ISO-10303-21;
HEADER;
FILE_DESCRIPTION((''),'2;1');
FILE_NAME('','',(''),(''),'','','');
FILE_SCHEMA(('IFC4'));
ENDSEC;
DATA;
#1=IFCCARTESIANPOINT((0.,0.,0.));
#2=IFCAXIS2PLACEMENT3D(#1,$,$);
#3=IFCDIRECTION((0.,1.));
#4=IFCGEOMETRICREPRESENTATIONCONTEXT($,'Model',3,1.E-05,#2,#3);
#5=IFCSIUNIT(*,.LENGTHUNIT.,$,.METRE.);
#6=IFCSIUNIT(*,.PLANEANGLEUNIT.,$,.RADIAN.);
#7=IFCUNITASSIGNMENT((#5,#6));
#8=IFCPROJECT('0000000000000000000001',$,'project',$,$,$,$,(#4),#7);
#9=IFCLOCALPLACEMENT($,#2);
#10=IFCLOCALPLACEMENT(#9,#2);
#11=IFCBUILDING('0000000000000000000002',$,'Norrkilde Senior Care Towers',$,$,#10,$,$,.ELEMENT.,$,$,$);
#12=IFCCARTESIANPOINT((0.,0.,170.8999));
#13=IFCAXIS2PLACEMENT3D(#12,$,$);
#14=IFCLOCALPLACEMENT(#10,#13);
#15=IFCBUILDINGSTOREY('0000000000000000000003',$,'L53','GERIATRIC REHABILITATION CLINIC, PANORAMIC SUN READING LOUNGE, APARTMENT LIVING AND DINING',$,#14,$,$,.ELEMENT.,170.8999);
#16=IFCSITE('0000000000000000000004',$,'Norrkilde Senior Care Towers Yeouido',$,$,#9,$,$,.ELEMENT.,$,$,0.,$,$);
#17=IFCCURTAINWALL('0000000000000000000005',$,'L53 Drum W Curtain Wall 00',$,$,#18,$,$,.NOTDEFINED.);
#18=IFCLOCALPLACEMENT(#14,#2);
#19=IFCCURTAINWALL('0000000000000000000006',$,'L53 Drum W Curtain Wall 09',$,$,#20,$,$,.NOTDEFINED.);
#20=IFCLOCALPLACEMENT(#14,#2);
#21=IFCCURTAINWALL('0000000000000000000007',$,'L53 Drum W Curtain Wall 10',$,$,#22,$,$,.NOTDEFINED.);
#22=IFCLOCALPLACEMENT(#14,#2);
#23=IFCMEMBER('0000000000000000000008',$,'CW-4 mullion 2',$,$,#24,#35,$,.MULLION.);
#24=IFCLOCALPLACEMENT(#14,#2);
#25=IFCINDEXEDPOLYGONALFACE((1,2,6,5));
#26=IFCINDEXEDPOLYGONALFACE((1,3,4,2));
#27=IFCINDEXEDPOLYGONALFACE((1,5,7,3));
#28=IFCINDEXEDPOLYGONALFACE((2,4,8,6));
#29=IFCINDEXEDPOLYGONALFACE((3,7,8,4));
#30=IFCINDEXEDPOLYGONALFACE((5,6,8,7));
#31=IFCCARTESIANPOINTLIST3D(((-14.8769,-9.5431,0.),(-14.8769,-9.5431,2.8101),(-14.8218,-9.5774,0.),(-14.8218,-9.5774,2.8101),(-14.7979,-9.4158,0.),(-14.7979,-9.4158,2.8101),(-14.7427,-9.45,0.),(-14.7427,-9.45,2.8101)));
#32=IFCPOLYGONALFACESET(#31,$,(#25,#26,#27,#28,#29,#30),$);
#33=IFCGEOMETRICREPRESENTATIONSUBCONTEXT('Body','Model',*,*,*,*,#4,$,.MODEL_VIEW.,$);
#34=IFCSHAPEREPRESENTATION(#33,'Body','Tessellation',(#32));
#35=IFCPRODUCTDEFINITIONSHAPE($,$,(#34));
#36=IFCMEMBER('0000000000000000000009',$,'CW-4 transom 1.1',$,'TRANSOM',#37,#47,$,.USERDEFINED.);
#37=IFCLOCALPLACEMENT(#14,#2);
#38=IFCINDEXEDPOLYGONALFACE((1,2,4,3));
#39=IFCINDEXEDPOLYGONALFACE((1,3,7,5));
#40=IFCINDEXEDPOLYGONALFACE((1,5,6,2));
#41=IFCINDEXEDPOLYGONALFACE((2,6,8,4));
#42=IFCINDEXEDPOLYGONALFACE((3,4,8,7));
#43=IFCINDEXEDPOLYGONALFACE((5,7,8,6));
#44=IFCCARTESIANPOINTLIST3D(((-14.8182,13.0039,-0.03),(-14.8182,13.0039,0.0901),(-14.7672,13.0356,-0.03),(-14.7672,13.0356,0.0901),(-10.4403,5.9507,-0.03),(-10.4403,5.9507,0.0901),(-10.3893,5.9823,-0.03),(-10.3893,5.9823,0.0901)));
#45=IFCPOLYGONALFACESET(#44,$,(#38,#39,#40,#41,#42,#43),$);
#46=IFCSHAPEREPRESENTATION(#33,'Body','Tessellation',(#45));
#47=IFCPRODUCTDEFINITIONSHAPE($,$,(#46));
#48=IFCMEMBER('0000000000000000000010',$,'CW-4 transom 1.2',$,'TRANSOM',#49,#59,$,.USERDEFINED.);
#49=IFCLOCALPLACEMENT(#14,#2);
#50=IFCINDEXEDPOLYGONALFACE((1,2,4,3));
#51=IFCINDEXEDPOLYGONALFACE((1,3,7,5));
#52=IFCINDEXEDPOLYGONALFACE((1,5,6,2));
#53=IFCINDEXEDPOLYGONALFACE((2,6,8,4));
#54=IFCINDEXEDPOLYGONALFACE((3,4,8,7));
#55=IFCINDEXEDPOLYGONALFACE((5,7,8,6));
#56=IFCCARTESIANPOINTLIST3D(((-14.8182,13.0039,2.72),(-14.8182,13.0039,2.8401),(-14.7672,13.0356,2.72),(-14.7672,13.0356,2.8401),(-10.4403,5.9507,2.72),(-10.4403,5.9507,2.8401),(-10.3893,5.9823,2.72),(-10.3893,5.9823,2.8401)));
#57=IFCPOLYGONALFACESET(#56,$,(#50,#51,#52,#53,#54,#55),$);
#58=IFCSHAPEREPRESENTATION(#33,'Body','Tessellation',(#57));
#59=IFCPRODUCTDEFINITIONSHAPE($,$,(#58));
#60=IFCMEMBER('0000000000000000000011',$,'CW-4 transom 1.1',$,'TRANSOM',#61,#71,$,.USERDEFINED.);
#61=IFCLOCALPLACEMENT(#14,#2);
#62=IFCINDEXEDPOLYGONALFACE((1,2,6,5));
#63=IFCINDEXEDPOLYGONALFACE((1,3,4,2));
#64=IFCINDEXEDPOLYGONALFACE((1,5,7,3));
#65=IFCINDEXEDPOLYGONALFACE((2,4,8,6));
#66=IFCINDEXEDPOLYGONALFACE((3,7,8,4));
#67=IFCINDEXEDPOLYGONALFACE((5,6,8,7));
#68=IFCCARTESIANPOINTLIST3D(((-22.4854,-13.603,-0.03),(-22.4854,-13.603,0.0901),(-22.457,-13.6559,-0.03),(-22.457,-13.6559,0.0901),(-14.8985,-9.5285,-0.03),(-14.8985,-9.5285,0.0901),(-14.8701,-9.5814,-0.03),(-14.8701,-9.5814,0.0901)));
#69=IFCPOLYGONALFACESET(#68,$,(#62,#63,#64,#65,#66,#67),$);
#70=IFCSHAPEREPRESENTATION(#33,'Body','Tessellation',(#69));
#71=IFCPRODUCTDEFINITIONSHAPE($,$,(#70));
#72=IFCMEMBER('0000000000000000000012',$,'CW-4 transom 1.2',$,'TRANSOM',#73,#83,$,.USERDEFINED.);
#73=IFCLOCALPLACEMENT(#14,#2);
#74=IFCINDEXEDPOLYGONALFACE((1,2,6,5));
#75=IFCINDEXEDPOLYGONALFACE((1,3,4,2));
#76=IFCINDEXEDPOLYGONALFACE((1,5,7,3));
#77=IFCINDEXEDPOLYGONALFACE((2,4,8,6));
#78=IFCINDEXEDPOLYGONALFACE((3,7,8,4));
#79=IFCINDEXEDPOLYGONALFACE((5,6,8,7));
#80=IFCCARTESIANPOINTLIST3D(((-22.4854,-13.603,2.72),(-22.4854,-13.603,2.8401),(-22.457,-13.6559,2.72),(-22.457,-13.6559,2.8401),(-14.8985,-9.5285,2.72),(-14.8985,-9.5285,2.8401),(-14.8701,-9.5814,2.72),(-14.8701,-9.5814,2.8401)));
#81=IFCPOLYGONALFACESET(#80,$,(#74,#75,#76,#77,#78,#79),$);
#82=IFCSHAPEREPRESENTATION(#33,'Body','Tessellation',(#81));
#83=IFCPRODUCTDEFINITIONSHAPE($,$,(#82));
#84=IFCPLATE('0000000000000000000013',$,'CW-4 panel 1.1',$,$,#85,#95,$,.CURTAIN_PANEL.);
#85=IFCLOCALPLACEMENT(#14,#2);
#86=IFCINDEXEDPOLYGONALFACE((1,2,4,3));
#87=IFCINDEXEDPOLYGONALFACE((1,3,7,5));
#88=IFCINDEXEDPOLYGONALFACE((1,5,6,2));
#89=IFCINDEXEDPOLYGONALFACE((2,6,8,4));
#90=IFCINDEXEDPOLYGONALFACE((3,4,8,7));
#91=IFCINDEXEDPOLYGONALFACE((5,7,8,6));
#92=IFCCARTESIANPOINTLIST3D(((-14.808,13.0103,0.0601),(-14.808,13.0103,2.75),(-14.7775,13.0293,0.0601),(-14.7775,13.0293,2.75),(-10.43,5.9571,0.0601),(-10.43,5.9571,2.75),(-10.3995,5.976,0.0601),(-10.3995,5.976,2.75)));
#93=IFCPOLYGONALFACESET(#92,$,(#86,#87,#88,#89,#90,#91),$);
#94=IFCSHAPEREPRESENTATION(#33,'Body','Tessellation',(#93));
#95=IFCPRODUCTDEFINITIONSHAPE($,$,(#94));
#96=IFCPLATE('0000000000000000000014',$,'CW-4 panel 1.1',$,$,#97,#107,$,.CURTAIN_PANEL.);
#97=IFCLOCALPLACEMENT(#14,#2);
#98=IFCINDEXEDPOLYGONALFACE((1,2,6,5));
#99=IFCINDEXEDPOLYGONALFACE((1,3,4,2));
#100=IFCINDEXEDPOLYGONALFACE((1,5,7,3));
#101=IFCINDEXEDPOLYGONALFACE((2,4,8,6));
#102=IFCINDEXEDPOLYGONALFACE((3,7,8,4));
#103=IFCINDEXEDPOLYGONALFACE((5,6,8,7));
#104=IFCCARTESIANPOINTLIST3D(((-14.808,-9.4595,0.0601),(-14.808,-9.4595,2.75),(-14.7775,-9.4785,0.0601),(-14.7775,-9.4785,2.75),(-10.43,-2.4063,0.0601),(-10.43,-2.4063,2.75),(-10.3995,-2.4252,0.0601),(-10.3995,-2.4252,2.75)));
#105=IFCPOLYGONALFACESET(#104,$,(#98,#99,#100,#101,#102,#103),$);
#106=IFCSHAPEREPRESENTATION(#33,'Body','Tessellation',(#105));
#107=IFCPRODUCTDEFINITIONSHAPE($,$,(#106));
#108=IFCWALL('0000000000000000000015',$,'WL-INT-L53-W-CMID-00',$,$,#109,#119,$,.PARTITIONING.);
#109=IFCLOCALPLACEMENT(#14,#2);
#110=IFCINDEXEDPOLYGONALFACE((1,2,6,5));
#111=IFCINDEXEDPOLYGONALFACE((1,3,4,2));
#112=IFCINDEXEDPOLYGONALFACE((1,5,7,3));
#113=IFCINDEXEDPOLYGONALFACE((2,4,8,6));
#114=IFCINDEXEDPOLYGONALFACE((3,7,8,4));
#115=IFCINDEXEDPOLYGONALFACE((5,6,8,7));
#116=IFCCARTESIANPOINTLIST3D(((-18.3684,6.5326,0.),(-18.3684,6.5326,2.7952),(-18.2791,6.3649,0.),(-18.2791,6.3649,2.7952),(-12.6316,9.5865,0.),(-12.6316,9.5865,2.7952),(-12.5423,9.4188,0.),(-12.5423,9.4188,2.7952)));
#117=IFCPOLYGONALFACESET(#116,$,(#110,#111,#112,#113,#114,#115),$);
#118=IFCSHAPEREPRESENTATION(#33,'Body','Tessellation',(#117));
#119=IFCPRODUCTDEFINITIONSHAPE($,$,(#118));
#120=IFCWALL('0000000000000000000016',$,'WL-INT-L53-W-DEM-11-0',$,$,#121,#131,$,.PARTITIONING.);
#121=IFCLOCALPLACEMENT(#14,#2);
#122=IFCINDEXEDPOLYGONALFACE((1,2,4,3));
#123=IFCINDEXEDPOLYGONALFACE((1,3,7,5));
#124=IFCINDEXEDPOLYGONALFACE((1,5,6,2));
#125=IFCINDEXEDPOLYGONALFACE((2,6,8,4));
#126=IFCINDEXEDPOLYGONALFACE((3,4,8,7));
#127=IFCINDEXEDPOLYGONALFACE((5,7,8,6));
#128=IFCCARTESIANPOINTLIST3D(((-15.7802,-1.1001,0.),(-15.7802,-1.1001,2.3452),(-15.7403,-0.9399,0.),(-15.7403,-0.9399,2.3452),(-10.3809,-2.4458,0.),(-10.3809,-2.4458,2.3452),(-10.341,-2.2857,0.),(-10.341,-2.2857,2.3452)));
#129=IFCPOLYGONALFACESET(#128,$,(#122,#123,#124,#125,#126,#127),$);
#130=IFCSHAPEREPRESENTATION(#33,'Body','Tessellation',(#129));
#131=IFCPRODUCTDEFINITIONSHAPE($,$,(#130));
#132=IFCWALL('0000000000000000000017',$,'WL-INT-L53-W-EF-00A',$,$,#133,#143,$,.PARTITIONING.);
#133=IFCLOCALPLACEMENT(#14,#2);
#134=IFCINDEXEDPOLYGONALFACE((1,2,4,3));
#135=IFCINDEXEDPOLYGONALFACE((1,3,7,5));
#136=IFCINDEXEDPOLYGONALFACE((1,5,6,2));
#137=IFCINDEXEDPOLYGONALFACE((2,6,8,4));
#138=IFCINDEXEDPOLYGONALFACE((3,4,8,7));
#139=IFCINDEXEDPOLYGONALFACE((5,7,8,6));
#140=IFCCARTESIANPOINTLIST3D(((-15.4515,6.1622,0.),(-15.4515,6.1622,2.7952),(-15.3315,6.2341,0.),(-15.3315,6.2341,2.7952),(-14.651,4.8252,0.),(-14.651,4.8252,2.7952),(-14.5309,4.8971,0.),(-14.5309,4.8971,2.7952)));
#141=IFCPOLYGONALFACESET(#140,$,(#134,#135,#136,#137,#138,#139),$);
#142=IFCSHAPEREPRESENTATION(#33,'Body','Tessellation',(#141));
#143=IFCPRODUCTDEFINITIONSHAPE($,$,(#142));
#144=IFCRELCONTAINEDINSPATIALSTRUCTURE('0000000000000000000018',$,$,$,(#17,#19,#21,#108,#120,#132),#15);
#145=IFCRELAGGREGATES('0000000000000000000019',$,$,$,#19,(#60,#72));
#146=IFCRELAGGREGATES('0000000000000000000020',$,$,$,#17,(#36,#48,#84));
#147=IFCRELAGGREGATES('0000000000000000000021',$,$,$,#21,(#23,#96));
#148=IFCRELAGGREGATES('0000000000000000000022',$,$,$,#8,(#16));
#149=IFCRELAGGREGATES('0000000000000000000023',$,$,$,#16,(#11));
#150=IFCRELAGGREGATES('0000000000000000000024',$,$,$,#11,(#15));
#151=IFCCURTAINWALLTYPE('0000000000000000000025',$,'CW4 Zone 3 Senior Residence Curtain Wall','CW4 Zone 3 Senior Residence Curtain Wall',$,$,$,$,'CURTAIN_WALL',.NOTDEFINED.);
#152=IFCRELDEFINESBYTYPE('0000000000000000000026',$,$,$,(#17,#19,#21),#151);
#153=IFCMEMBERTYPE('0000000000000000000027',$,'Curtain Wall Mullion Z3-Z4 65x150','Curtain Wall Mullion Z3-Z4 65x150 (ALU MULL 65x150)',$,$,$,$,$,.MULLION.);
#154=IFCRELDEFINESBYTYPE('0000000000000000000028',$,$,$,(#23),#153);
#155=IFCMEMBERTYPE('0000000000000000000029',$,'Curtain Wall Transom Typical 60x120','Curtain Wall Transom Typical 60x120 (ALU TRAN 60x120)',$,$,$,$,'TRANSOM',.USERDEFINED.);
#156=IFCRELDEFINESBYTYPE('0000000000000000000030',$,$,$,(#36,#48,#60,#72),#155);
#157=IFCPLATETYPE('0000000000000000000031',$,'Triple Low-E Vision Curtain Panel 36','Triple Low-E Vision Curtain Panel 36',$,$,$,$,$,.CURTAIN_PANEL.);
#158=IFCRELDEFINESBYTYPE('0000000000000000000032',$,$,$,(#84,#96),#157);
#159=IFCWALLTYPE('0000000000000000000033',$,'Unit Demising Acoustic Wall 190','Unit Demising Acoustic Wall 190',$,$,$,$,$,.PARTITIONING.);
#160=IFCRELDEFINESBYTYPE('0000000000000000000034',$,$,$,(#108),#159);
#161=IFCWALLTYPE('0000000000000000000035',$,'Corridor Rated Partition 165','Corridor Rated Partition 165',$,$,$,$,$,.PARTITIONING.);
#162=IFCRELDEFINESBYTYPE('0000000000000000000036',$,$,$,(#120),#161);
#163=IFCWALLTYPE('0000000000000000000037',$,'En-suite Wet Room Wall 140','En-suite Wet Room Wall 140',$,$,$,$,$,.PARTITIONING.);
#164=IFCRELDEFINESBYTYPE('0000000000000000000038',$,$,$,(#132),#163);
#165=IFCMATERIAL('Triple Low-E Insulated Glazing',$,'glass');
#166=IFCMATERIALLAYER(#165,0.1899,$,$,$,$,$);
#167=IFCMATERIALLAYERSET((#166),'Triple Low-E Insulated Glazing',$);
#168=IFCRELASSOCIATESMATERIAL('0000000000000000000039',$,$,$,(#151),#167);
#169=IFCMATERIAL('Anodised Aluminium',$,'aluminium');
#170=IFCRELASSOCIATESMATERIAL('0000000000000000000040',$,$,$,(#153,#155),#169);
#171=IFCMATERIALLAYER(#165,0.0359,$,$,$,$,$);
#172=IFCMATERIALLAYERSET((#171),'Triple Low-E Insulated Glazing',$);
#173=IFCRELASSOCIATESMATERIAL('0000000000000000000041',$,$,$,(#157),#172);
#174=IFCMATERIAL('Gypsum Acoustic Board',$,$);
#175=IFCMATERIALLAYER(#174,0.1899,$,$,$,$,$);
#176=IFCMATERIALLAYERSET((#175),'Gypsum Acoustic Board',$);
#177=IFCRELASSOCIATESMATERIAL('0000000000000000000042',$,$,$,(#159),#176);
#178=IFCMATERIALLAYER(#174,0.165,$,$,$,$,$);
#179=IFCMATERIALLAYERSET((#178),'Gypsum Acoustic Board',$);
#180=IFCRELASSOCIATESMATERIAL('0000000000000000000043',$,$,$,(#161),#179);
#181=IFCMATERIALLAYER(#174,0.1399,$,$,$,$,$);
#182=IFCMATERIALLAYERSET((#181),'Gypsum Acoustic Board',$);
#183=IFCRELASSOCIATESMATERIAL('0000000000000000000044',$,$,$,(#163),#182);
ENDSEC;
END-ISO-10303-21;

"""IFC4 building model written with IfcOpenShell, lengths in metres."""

from ifc_helpers import new_model, si_unit, direction, frame, frame_2d, origin, origin_2d, place, context, subcontext, project, spatial, rectangle, extrude, source, transform, mapped, material, layer, layer_set, material_profile, profile_set, type_object, type_shapes, element, aggregate, save


model = new_model("IFC4")

# Units and contexts
model_context = context("Model", 3, precision=1e-05, world=origin(), true_north=direction((0.0, 1.0)))
body_context = subcontext(model_context, "Body", "Model", "MODEL_VIEW")
ifc_project = project(units=[si_unit("LENGTHUNIT", "METRE"), si_unit("PLANEANGLEUNIT", "RADIAN")], contexts=[model_context])

# Site, building, storey
site_placement = place(None, origin())
site = spatial("IfcSite", under=ifc_project, at=site_placement, Name="Norrkilde Senior Care Towers Yeouido", CompositionType="ELEMENT", RefElevation=0.0)
building_placement = place(site_placement, origin())
building = spatial("IfcBuilding", under=site, at=building_placement, Name="Norrkilde Senior Care Towers", CompositionType="ELEMENT")
storey_placement = place(building_placement, frame((0.0, 0.0, 170.8999)))
storey = spatial("IfcBuildingStorey", under=building, at=storey_placement, Name="L53", Description="GERIATRIC REHABILITATION CLINIC, PANORAMIC SUN READING LOUNGE, APARTMENT LIVING AND DINING", CompositionType="ELEMENT", Elevation=170.8999)

# Curtain walls, member
ifc_material_1 = material(Name="Triple Low-E Insulated Glazing", Category="glass")
ifc_layer_1 = layer(ifc_material_1, 0.1899)
ifc_layer_set_1 = layer_set([ifc_layer_1], Name="Triple Low-E Insulated Glazing")
curtain_wall_type = type_object("IfcCurtainWallType", Name="CW4 Zone 3 Senior Residence Curtain Wall", Description="CW4 Zone 3 Senior Residence Curtain Wall", ElementType="CURTAIN_WALL", PredefinedType="NOTDEFINED", material=ifc_layer_set_1)
curtain_wall_1_placement = place(storey_placement, origin())
curtain_wall_1 = element("IfcCurtainWall", 1, at=curtain_wall_1_placement, inside=storey, type_object=curtain_wall_type, Name="L53 Drum W Curtain Wall 00", PredefinedType="NOTDEFINED")
ifc_material_2 = material(Name="Anodised Aluminium", Category="aluminium")
ifc_material_profile_1 = material_profile(ifc_material_2, rectangle(XDim=0.0649, YDim=0.1499, at=origin_2d()), Name="ALU MULL 65x150")
ifc_profile_set_1 = profile_set([ifc_material_profile_1], Name="Anodised Aluminium")
member_type_1 = type_object("IfcMemberType", Name="Curtain Wall Mullion Z3-Z4 65x150", Description="Curtain Wall Mullion Z3-Z4 65x150 (ALU MULL 65x150)", PredefinedType="MULLION", material=ifc_profile_set_1)
shared_shape_1 = source(origin(), body_context, "Body", "SweptSolid", [
    extrude(rectangle(XDim=0.0649, YDim=0.1499, at=origin_2d()), origin(), (0.0, 0.0, 1.0), 2.8101),
])
type_shapes(member_type_1, [shared_shape_1])
curtain_wall_2_placement = place(storey_placement, origin())
curtain_wall_2 = element("IfcCurtainWall", 2, at=curtain_wall_2_placement, inside=storey, type_object=curtain_wall_type, Name="L53 Drum W Curtain Wall 09", PredefinedType="NOTDEFINED")
curtain_wall_3_placement = place(storey_placement, origin())
curtain_wall_3 = element("IfcCurtainWall", 3, at=curtain_wall_3_placement, inside=storey, type_object=curtain_wall_type, Name="L53 Drum W Curtain Wall 10", PredefinedType="NOTDEFINED")
member_1_placement = place(storey_placement, frame((-14.8098, -9.4966, 0.0), z_axis=(0.0, 0.0, 1.0), x_axis=(0.849634, -0.527373, 0.0)))
member_1 = element("IfcMember", 4, at=member_1_placement, type_object=member_type_1, Name="CW-4 mullion 2", PredefinedType="MULLION", context=body_context, shape_type="MappedRepresentation", body=[
    mapped(shared_shape_1, transform((0.0, 0.0, 0.0), x_axis=(1.0, 0.0, 0.0), y_axis=(0.0, 1.0, 0.0), z_axis=(0.0, 0.0, 1.0), scale=1.0)),
])

# Members
ifc_material_profile_2 = material_profile(ifc_material_2, rectangle(XDim=0.0601, YDim=0.1201, at=origin_2d()), Name="ALU TRAN 60x120")
ifc_profile_set_2 = profile_set([ifc_material_profile_2], Name="Anodised Aluminium")
member_type_2 = type_object("IfcMemberType", Name="Curtain Wall Transom Typical 60x120", Description="Curtain Wall Transom Typical 60x120 (ALU TRAN 60x120)", ElementType="TRANSOM", PredefinedType="USERDEFINED", material=ifc_profile_set_2)
shared_shape_2 = source(origin(), body_context, "Body", "SweptSolid", [
    extrude(rectangle(XDim=0.0601, YDim=0.1201, at=origin_2d()), origin(), (0.0, 0.0, 1.0), 8.3015),
])
member_2_placement = place(storey_placement, frame((-14.7927, 13.0198, 0.03), z_axis=(0.527369, -0.849637, 0.0), x_axis=(0.849637, 0.527369, 0.0)))
member_2 = element("IfcMember", 5, at=member_2_placement, type_object=member_type_2, Name="CW-4 transom 1.1", ObjectType="TRANSOM", PredefinedType="USERDEFINED", context=body_context, shape_type="MappedRepresentation", body=[
    mapped(shared_shape_2, transform((0.0, 0.0, 0.0), x_axis=(1.0, 0.0, 0.0), y_axis=(0.0, 1.0, 0.0), z_axis=(0.0, 0.0, 1.0), scale=1.0)),
])
member_3_placement = place(storey_placement, frame((-14.7927, 13.0198, 2.78), z_axis=(0.527369, -0.849637, 0.0), x_axis=(0.849637, 0.527369, 0.0)))
member_3 = element("IfcMember", 6, at=member_3_placement, type_object=member_type_2, Name="CW-4 transom 1.2", ObjectType="TRANSOM", PredefinedType="USERDEFINED", context=body_context, shape_type="MappedRepresentation", body=[
    mapped(shared_shape_2, transform((0.0, 0.0, 0.0), x_axis=(1.0, 0.0, 0.0), y_axis=(0.0, 1.0, 0.0), z_axis=(0.0, 0.0, 1.0), scale=1.0)),
])
shared_shape_3 = source(origin(), body_context, "Body", "SweptSolid", [
    extrude(rectangle(XDim=0.0601, YDim=0.1201, at=origin_2d()), origin(), (0.0, 0.0, 1.0), 8.6118),
])
type_shapes(member_type_2, [shared_shape_2, shared_shape_3])
member_4_placement = place(storey_placement, frame((-14.8843, -9.5549, 0.03), z_axis=(-0.880994, -0.473127, 0.0), x_axis=(0.473127, -0.880994, 0.0)))
member_4 = element("IfcMember", 7, at=member_4_placement, type_object=member_type_2, Name="CW-4 transom 1.1", ObjectType="TRANSOM", PredefinedType="USERDEFINED", context=body_context, shape_type="MappedRepresentation", body=[
    mapped(shared_shape_3, transform((0.0, 0.0, 0.0), x_axis=(1.0, 0.0, 0.0), y_axis=(0.0, 1.0, 0.0), z_axis=(0.0, 0.0, 1.0), scale=1.0)),
])
member_5_placement = place(storey_placement, frame((-14.8843, -9.5549, 2.78), z_axis=(-0.880994, -0.473127, 0.0), x_axis=(0.473127, -0.880994, 0.0)))
member_5 = element("IfcMember", 8, at=member_5_placement, type_object=member_type_2, Name="CW-4 transom 1.2", ObjectType="TRANSOM", PredefinedType="USERDEFINED", context=body_context, shape_type="MappedRepresentation", body=[
    mapped(shared_shape_3, transform((0.0, 0.0, 0.0), x_axis=(1.0, 0.0, 0.0), y_axis=(0.0, 1.0, 0.0), z_axis=(0.0, 0.0, 1.0), scale=1.0)),
])
aggregate(curtain_wall_2, [member_4, member_5])

# Plates
ifc_layer_2 = layer(ifc_material_1, 0.0359)
ifc_layer_set_2 = layer_set([ifc_layer_2], Name="Triple Low-E Insulated Glazing")
plate_type = type_object("IfcPlateType", Name="Triple Low-E Vision Curtain Panel 36", Description="Triple Low-E Vision Curtain Panel 36", PredefinedType="CURTAIN_PANEL", material=ifc_layer_set_2)
shared_shape_4 = source(origin(), body_context, "Body", "SweptSolid", [
    extrude(rectangle(XDim=8.3015, YDim=0.0359, at=origin_2d()), origin(), (0.0, 0.0, 1.0), 2.6899),
])
type_shapes(plate_type, [shared_shape_4])
plate_1_placement = place(storey_placement, frame((-12.6038, 9.4932, 0.0601), z_axis=(0.0, 0.0, 1.0), x_axis=(0.527373, -0.849634, 0.0)))
plate_1 = element("IfcPlate", 9, at=plate_1_placement, type_object=plate_type, Name="CW-4 panel 1.1", PredefinedType="CURTAIN_PANEL", context=body_context, shape_type="MappedRepresentation", body=[
    mapped(shared_shape_4, transform((0.0, 0.0, 0.0), x_axis=(1.0, 0.0, 0.0), y_axis=(0.0, 1.0, 0.0), z_axis=(0.0, 0.0, 1.0), scale=1.0)),
])
aggregate(curtain_wall_1, [member_2, member_3, plate_1])
plate_2_placement = place(storey_placement, frame((-12.6038, -5.9424, 0.0601), z_axis=(0.0, 0.0, 1.0), x_axis=(-0.527373, -0.849634, 0.0)))
plate_2 = element("IfcPlate", 10, at=plate_2_placement, type_object=plate_type, Name="CW-4 panel 1.1", PredefinedType="CURTAIN_PANEL", context=body_context, shape_type="MappedRepresentation", body=[
    mapped(shared_shape_4, transform((0.0, 0.0, 0.0), x_axis=(1.0, 0.0, 0.0), y_axis=(0.0, 1.0, 0.0), z_axis=(0.0, 0.0, 1.0), scale=1.0)),
])
aggregate(curtain_wall_3, [member_1, plate_2])

# Walls
ifc_material_3 = material(Name="Gypsum Acoustic Board")
ifc_layer_3 = layer(ifc_material_3, 0.1899)
ifc_layer_set_3 = layer_set([ifc_layer_3], Name="Gypsum Acoustic Board")
wall_type_1 = type_object("IfcWallType", Name="Unit Demising Acoustic Wall 190", Description="Unit Demising Acoustic Wall 190", PredefinedType="PARTITIONING", material=ifc_layer_set_3)
shared_shape_5 = source(origin(), body_context, "Body", "SweptSolid", [
    extrude(rectangle(XDim=6.499, YDim=0.1899, at=frame_2d((3.2495, 0.0))), origin(), (0.0, 0.0, 1.0), 2.7952),
])
type_shapes(wall_type_1, [shared_shape_5])
wall_1_placement = place(storey_placement, frame((-18.3237, 6.4487, 0.0), z_axis=(0.0, 0.0, 1.0), x_axis=(0.882716, 0.469908, 0.0)))
element("IfcWall", 11, at=wall_1_placement, inside=storey, type_object=wall_type_1, Name="WL-INT-L53-W-CMID-00", PredefinedType="PARTITIONING", context=body_context, shape_type="MappedRepresentation", body=[
    mapped(shared_shape_5, transform((0.0, 0.0, 0.0), x_axis=(1.0, 0.0, 0.0), y_axis=(0.0, 1.0, 0.0), z_axis=(0.0, 0.0, 1.0), scale=1.0)),
])
ifc_layer_4 = layer(ifc_material_3, 0.165)
ifc_layer_set_4 = layer_set([ifc_layer_4], Name="Gypsum Acoustic Board")
wall_type_2 = type_object("IfcWallType", Name="Corridor Rated Partition 165", Description="Corridor Rated Partition 165", PredefinedType="PARTITIONING", material=ifc_layer_set_4)
shared_shape_6 = source(origin(), body_context, "Body", "SweptSolid", [
    extrude(rectangle(XDim=5.5645, YDim=0.165, at=frame_2d((2.7822, 0.0))), origin(), (0.0, 0.0, 1.0), 2.3452),
])
type_shapes(wall_type_2, [shared_shape_6])
wall_2_placement = place(storey_placement, frame((-15.7603, -1.02, 0.0), z_axis=(0.0, 0.0, 1.0), x_axis=(0.970315, -0.241844, 0.0)))
element("IfcWall", 12, at=wall_2_placement, inside=storey, type_object=wall_type_2, Name="WL-INT-L53-W-DEM-11-0", PredefinedType="PARTITIONING", context=body_context, shape_type="MappedRepresentation", body=[
    mapped(shared_shape_6, transform((0.0, 0.0, 0.0), x_axis=(1.0, 0.0, 0.0), y_axis=(0.0, 1.0, 0.0), z_axis=(0.0, 0.0, 1.0), scale=1.0)),
])
ifc_layer_5 = layer(ifc_material_3, 0.1399)
ifc_layer_set_5 = layer_set([ifc_layer_5], Name="Gypsum Acoustic Board")
wall_type_3 = type_object("IfcWallType", Name="En-suite Wet Room Wall 140", Description="En-suite Wet Room Wall 140", PredefinedType="PARTITIONING", material=ifc_layer_set_5)
shared_shape_7 = source(origin(), body_context, "Body", "SweptSolid", [
    extrude(rectangle(XDim=1.5583, YDim=0.1399, at=frame_2d((0.7793, 0.0))), origin(), (0.0, 0.0, 1.0), 2.7952),
])
type_shapes(wall_type_3, [shared_shape_7])
wall_3_placement = place(storey_placement, frame((-15.3916, 6.1982, 0.0), z_axis=(0.0, 0.0, 1.0), x_axis=(0.513735, -0.857949, 0.0)))
element("IfcWall", 13, at=wall_3_placement, inside=storey, type_object=wall_type_3, Name="WL-INT-L53-W-EF-00A", PredefinedType="PARTITIONING", context=body_context, shape_type="MappedRepresentation", body=[
    mapped(shared_shape_7, transform((0.0, 0.0, 0.0), x_axis=(1.0, 0.0, 0.0), y_axis=(0.0, 1.0, 0.0), z_axis=(0.0, 0.0, 1.0), scale=1.0)),
])

save(model, "model.ifc")
